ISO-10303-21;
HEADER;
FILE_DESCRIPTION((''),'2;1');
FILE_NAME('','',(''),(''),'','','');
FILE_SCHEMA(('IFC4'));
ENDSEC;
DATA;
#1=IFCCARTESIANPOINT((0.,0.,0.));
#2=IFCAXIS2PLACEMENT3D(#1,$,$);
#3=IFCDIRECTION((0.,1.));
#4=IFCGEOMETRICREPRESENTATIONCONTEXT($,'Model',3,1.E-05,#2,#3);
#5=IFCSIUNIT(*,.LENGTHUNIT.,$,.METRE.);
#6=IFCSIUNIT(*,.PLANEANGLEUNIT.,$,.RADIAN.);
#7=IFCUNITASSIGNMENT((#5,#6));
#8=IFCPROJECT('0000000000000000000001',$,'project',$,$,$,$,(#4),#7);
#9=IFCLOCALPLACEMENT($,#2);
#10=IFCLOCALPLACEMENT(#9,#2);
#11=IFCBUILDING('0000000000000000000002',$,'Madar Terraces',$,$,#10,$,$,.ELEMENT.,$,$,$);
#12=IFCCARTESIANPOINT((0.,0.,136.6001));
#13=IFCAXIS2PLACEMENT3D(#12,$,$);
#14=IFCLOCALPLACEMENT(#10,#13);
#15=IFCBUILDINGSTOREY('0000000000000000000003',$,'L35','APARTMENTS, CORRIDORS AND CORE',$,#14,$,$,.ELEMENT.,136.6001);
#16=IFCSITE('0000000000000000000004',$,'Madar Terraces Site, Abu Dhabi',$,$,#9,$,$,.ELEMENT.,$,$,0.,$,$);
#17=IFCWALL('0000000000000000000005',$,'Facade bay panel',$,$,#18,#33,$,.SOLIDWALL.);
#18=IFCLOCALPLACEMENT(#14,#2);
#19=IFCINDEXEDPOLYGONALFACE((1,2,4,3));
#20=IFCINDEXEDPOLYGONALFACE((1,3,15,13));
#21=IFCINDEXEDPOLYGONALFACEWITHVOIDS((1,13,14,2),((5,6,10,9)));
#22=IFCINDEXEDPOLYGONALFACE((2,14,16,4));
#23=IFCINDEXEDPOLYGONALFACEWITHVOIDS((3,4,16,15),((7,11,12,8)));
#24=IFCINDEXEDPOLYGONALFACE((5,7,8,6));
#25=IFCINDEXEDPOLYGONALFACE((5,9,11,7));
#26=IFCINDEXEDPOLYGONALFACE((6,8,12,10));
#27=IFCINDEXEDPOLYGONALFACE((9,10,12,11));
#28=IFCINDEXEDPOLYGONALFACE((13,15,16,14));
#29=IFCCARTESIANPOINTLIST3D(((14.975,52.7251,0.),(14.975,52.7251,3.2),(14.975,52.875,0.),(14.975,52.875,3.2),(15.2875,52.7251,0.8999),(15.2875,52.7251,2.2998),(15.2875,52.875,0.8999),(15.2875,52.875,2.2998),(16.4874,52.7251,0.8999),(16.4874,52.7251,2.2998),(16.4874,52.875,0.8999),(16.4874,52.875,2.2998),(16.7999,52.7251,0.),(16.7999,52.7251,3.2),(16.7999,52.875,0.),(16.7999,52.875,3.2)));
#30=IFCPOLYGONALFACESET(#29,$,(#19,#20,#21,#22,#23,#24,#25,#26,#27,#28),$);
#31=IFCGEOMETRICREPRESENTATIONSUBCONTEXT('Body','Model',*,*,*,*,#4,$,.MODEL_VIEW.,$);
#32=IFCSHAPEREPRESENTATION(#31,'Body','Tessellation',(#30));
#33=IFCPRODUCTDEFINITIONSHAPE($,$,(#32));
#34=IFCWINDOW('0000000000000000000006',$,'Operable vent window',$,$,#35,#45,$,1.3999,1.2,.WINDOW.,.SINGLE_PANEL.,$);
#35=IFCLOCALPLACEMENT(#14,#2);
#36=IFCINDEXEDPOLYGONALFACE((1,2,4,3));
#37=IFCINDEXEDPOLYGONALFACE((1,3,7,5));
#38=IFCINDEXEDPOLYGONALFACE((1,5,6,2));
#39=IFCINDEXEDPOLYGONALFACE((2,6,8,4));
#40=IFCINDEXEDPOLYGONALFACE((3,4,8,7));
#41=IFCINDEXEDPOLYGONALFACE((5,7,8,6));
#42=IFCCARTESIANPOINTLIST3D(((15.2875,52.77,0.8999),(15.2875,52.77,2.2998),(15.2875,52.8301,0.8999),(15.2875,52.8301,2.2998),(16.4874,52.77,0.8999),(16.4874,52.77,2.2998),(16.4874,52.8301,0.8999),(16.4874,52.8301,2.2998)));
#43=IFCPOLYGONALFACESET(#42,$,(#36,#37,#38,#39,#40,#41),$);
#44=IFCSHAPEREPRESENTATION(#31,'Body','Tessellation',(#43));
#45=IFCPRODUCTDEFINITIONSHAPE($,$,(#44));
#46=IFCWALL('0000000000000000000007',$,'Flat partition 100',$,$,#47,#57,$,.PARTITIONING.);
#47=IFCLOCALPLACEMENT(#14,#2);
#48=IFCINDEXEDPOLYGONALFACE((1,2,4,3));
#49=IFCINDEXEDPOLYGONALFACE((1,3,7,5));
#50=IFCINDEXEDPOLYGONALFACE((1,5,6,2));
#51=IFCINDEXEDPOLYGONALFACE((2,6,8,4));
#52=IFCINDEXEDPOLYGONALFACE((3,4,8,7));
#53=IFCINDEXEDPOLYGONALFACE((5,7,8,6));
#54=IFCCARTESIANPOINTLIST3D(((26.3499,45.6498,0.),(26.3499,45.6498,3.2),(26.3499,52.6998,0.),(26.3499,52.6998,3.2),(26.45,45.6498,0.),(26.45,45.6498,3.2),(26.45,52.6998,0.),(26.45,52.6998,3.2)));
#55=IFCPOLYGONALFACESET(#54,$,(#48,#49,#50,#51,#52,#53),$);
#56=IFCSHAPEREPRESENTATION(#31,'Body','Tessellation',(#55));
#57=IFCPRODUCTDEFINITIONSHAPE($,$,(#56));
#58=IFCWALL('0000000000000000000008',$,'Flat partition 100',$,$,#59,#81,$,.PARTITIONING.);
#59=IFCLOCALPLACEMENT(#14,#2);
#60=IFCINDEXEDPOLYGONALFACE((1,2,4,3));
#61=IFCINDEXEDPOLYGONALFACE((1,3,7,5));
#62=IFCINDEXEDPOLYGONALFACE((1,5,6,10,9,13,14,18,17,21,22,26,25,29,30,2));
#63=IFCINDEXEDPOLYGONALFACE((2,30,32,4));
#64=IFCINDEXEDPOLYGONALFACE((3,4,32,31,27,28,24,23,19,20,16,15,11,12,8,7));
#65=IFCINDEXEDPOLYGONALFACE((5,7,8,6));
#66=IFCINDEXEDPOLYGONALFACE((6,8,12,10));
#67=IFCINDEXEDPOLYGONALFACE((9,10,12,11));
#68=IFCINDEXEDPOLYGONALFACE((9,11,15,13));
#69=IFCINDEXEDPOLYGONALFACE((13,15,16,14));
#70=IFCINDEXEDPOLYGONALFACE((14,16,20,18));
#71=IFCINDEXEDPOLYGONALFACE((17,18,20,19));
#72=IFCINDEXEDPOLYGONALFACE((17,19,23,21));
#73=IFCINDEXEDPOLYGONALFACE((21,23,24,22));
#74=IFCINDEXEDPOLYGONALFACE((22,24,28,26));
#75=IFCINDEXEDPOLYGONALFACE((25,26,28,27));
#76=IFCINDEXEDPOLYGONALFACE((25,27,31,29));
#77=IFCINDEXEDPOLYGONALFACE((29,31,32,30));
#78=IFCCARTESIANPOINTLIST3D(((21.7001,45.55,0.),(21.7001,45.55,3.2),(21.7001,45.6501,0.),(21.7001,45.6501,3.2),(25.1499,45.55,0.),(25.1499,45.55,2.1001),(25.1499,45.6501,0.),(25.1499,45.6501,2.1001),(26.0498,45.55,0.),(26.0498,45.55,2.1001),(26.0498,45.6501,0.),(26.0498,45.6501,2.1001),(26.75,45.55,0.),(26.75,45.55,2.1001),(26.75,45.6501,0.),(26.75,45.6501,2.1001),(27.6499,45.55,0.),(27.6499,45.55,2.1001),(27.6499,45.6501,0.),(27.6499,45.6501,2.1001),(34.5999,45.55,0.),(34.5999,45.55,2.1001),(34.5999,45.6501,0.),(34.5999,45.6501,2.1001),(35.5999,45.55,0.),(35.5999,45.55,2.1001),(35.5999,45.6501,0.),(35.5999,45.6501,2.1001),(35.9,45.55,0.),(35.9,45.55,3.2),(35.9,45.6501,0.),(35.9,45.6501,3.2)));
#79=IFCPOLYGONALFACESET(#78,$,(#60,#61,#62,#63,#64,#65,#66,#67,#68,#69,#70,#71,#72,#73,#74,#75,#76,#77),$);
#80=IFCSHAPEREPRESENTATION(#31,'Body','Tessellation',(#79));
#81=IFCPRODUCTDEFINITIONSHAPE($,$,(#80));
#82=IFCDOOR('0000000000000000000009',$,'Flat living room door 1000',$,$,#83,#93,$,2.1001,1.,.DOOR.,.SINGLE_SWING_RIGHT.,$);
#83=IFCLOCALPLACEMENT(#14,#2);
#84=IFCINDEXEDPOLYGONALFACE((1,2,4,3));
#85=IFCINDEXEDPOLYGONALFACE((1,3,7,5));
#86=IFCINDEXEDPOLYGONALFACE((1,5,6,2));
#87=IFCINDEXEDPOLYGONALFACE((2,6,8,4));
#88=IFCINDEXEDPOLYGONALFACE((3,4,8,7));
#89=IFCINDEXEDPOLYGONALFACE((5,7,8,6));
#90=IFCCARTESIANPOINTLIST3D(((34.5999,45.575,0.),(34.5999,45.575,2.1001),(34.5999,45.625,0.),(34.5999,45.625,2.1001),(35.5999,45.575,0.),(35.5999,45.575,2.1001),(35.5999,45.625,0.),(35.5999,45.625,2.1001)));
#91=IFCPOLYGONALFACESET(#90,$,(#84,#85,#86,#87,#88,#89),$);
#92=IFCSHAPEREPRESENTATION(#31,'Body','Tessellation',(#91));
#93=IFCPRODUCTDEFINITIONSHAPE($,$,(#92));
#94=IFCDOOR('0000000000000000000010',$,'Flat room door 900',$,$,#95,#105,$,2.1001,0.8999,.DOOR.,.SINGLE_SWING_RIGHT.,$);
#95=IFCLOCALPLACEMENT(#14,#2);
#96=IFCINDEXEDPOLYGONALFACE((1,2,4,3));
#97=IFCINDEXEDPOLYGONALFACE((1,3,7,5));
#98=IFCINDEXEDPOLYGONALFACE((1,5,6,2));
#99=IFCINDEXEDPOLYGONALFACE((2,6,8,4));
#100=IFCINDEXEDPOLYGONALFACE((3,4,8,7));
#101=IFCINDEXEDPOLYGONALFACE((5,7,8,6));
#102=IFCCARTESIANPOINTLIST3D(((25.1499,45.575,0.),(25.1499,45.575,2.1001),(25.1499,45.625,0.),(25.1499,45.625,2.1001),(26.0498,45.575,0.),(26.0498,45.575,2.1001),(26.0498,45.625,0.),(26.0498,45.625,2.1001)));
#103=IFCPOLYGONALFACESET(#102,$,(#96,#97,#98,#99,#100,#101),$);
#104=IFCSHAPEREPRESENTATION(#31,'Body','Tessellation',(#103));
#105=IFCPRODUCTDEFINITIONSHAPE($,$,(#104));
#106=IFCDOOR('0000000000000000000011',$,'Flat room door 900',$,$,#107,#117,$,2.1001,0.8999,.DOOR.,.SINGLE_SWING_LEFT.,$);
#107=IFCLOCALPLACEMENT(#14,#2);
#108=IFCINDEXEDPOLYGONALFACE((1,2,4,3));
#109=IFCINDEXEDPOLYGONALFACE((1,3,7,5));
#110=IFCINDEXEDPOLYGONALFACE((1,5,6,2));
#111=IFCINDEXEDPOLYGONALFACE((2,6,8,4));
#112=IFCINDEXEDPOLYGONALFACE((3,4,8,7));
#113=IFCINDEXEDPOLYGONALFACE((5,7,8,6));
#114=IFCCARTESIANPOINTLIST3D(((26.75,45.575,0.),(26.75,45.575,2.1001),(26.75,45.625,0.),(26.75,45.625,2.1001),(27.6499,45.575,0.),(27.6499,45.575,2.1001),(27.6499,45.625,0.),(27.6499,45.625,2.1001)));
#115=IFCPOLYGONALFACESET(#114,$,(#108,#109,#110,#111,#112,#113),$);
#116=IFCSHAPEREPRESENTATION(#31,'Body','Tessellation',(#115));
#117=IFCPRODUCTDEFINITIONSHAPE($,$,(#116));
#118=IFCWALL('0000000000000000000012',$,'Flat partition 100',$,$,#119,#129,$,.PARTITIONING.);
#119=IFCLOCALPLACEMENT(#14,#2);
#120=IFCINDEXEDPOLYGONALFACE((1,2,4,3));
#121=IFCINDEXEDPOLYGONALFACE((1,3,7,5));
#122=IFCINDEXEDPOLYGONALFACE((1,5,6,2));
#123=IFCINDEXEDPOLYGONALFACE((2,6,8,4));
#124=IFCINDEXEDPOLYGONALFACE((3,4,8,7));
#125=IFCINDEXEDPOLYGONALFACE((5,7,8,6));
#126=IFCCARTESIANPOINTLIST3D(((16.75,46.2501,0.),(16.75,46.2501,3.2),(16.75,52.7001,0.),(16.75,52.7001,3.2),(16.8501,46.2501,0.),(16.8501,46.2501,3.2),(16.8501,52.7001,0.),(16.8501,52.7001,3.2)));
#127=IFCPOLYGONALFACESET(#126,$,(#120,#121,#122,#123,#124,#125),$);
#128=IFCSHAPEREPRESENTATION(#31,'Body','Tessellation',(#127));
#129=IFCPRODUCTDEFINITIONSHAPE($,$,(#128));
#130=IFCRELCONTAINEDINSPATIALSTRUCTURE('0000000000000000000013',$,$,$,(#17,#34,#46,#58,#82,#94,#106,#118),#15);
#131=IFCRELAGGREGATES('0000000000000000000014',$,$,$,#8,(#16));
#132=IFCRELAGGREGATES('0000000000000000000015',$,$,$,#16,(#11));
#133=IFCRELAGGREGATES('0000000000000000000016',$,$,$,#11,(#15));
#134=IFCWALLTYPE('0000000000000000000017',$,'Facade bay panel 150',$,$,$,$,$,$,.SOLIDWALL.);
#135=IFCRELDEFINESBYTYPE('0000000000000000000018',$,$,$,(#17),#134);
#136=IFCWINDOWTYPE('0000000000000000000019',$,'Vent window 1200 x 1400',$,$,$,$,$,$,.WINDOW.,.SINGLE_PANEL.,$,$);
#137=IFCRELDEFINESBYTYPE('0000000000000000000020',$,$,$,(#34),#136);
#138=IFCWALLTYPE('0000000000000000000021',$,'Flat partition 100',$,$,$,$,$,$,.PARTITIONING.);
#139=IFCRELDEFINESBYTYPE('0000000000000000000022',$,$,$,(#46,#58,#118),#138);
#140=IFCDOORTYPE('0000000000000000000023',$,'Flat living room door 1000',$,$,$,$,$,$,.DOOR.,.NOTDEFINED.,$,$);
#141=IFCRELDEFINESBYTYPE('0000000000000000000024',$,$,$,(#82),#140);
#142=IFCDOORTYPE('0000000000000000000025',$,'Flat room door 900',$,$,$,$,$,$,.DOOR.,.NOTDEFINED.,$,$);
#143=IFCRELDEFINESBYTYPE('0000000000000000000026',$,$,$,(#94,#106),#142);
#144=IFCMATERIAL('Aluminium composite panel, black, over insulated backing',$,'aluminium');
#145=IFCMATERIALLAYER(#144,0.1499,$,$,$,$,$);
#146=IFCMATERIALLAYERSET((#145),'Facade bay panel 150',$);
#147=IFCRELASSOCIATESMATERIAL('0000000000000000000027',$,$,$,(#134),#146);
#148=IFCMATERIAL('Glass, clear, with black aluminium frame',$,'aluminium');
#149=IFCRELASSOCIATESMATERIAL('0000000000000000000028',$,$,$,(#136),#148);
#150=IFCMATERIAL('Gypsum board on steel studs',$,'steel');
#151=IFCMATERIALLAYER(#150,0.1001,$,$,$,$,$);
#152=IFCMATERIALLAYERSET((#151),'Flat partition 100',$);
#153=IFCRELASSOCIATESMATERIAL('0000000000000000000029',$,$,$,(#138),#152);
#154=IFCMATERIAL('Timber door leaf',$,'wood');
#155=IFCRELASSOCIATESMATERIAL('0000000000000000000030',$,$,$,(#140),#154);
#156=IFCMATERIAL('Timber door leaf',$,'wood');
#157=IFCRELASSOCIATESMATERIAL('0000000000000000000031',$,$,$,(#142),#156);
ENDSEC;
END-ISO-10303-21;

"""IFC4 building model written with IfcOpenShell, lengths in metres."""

from ifc_helpers import new_model, si_unit, direction, frame, frame_2d, origin, place, context, subcontext, project, spatial, rectangle, extrude, material, layer, layer_set, type_object, element, fill, save


model = new_model("IFC4")

# Units and contexts
model_context = context("Model", 3, precision=1e-05, world=origin(), true_north=direction((0.0, 1.0)))
body_context = subcontext(model_context, "Body", "Model", "MODEL_VIEW")
ifc_project = project(units=[si_unit("LENGTHUNIT", "METRE"), si_unit("PLANEANGLEUNIT", "RADIAN")], contexts=[model_context])

# Site, building, storey
site_placement = place(None, origin())
site = spatial("IfcSite", under=ifc_project, at=site_placement, Name="Madar Terraces Site, Abu Dhabi", CompositionType="ELEMENT", RefElevation=0.0)
building_placement = place(site_placement, origin())
building = spatial("IfcBuilding", under=site, at=building_placement, Name="Madar Terraces", CompositionType="ELEMENT")
storey_placement = place(building_placement, frame((0.0, 0.0, 136.6001)))
storey = spatial("IfcBuildingStorey", under=building, at=storey_placement, Name="L35", Description="APARTMENTS, CORRIDORS AND CORE", CompositionType="ELEMENT", Elevation=136.6001)

# Shared definitions
ifc_material_1 = material(Name="Aluminium composite panel, black, over insulated backing", Category="aluminium")
ifc_layer_1 = layer(ifc_material_1, 0.1499)
ifc_layer_set_1 = layer_set([ifc_layer_1], Name="Facade bay panel 150")
wall_type_1 = type_object("IfcWallType", Name="Facade bay panel 150", PredefinedType="SOLIDWALL", material=ifc_layer_set_1)
ifc_material_2 = material(Name="Glass, clear, with black aluminium frame", Category="aluminium")
window_type = type_object("IfcWindowType", Name="Vent window 1200 x 1400", PartitioningType="SINGLE_PANEL", PredefinedType="WINDOW", material=ifc_material_2)

# Wall, opening, window
wall_1_placement = place(storey_placement, frame((16.8, 52.8, 0.0), z_axis=(0.0, 0.0, 1.0), x_axis=(-1.0, 0.0, 0.0)))
wall_1 = element("IfcWall", 1, at=wall_1_placement, inside=storey, type_object=wall_type_1, Name="Facade bay panel", PredefinedType="SOLIDWALL", context=body_context, shape_type="SweptSolid", body=[
    extrude(rectangle(XDim=1.825, YDim=0.1499, at=frame_2d((0.9126, 0.0))), origin(), (0.0, 0.0, 1.0), 3.2),
])
opening_1_placement = place(wall_1_placement, frame((0.3125, 0.0, 0.8999)))
opening_1 = element("IfcOpeningElement", 2, at=opening_1_placement, cuts=wall_1, PredefinedType="OPENING", context=body_context, shape_type="SweptSolid", body=[
    extrude(rectangle(XDim=1.2, YDim=1.3999, at=frame_2d((0.6001, 0.7))), frame((0.0, 0.085, 0.0), z_axis=(0.0, -1.0, 0.0), x_axis=(1.0, 0.0, 0.0)), (0.0, 0.0, 1.0), 0.1699),
])
window_1_placement = place(opening_1_placement, origin())
window_1 = element("IfcWindow", 3, at=window_1_placement, inside=storey, type_object=window_type, Name="Operable vent window", OverallHeight=1.3999, OverallWidth=1.2, PartitioningType="SINGLE_PANEL", PredefinedType="WINDOW", context=body_context, shape_type="SweptSolid", body=[
    extrude(rectangle(XDim=1.2, YDim=1.3999, at=frame_2d((0.6001, 0.7))), frame((0.0, 0.03, 0.0), z_axis=(0.0, -1.0, 0.0), x_axis=(1.0, 0.0, 0.0)), (0.0, 0.0, 1.0), 0.0601),
])
fill(opening_1, window_1)

# Wall
ifc_material_3 = material(Name="Gypsum board on steel studs", Category="steel")
ifc_layer_2 = layer(ifc_material_3, 0.1001)
ifc_layer_set_2 = layer_set([ifc_layer_2], Name="Flat partition 100")
wall_type_2 = type_object("IfcWallType", Name="Flat partition 100", PredefinedType="PARTITIONING", material=ifc_layer_set_2)
wall_2_placement = place(storey_placement, frame((26.3999, 45.6499, 0.0), z_axis=(0.0, 0.0, 1.0), x_axis=(0.0, 1.0, 0.0)))
element("IfcWall", 4, at=wall_2_placement, inside=storey, type_object=wall_type_2, Name="Flat partition 100", PredefinedType="PARTITIONING", context=body_context, shape_type="SweptSolid", body=[
    extrude(rectangle(XDim=7.05, YDim=0.1001, at=frame_2d((3.5249, 0.0))), origin(), (0.0, 0.0, 1.0), 3.2),
])

# Wall, openings, doors
wall_3_placement = place(storey_placement, frame((21.7, 45.6001, 0.0), z_axis=(0.0, 0.0, 1.0), x_axis=(1.0, 0.0, 0.0)))
wall_3 = element("IfcWall", 5, at=wall_3_placement, inside=storey, type_object=wall_type_2, Name="Flat partition 100", PredefinedType="PARTITIONING", context=body_context, shape_type="SweptSolid", body=[
    extrude(rectangle(XDim=14.2, YDim=0.1001, at=frame_2d((7.1001, 0.0))), origin(), (0.0, 0.0, 1.0), 3.2),
])
opening_2_placement = place(wall_3_placement, frame((3.45, 0.0, 0.0)))
opening_2 = element("IfcOpeningElement", 6, at=opening_2_placement, cuts=wall_3, PredefinedType="OPENING", context=body_context, shape_type="SweptSolid", body=[
    extrude(rectangle(XDim=0.8999, YDim=2.1001, at=frame_2d((0.45, 1.05))), frame((0.0, 0.0601, 0.0), z_axis=(0.0, -1.0, 0.0), x_axis=(1.0, 0.0, 0.0)), (0.0, 0.0, 1.0), 0.1201),
])
opening_3_placement = place(wall_3_placement, frame((5.05, 0.0, 0.0)))
opening_3 = element("IfcOpeningElement", 7, at=opening_3_placement, cuts=wall_3, PredefinedType="OPENING", context=body_context, shape_type="SweptSolid", body=[
    extrude(rectangle(XDim=0.8999, YDim=2.1001, at=frame_2d((0.45, 1.05))), frame((0.0, 0.0601, 0.0), z_axis=(0.0, -1.0, 0.0), x_axis=(1.0, 0.0, 0.0)), (0.0, 0.0, 1.0), 0.1201),
])
opening_4_placement = place(wall_3_placement, frame((12.8999, 0.0, 0.0)))
opening_4 = element("IfcOpeningElement", 8, at=opening_4_placement, cuts=wall_3, PredefinedType="OPENING", context=body_context, shape_type="SweptSolid", body=[
    extrude(rectangle(XDim=1.0, YDim=2.1001, at=frame_2d((0.5, 1.05))), frame((0.0, 0.0601, 0.0), z_axis=(0.0, -1.0, 0.0), x_axis=(1.0, 0.0, 0.0)), (0.0, 0.0, 1.0), 0.1201),
])
ifc_material_4 = material(Name="Timber door leaf", Category="wood")
door_type_1 = type_object("IfcDoorType", Name="Flat living room door 1000", OperationType="NOTDEFINED", PredefinedType="DOOR", material=ifc_material_4)
door_1_placement = place(opening_4_placement, origin())
door_1 = element("IfcDoor", 9, at=door_1_placement, inside=storey, type_object=door_type_1, Name="Flat living room door 1000", OperationType="SINGLE_SWING_RIGHT", OverallHeight=2.1001, OverallWidth=1.0, PredefinedType="DOOR", context=body_context, shape_type="SweptSolid", body=[
    extrude(rectangle(XDim=1.0, YDim=2.1001, at=frame_2d((0.5, 1.05))), frame((0.0, 0.0249, 0.0), z_axis=(0.0, -1.0, 0.0), x_axis=(1.0, 0.0, 0.0)), (0.0, 0.0, 1.0), 0.05),
])
fill(opening_4, door_1)
ifc_material_5 = material(Name="Timber door leaf", Category="wood")
door_type_2 = type_object("IfcDoorType", Name="Flat room door 900", OperationType="NOTDEFINED", PredefinedType="DOOR", material=ifc_material_5)
door_2_placement = place(opening_2_placement, origin())
door_2 = element("IfcDoor", 10, at=door_2_placement, inside=storey, type_object=door_type_2, Name="Flat room door 900", OperationType="SINGLE_SWING_RIGHT", OverallHeight=2.1001, OverallWidth=0.8999, PredefinedType="DOOR", context=body_context, shape_type="SweptSolid", body=[
    extrude(rectangle(XDim=0.8999, YDim=2.1001, at=frame_2d((0.45, 1.05))), frame((0.0, 0.0249, 0.0), z_axis=(0.0, -1.0, 0.0), x_axis=(1.0, 0.0, 0.0)), (0.0, 0.0, 1.0), 0.05),
])
fill(opening_2, door_2)
door_3_placement = place(opening_3_placement, origin())
door_3 = element("IfcDoor", 11, at=door_3_placement, inside=storey, type_object=door_type_2, Name="Flat room door 900", OperationType="SINGLE_SWING_LEFT", OverallHeight=2.1001, OverallWidth=0.8999, PredefinedType="DOOR", context=body_context, shape_type="SweptSolid", body=[
    extrude(rectangle(XDim=0.8999, YDim=2.1001, at=frame_2d((0.45, 1.05))), frame((0.0, 0.0249, 0.0), z_axis=(0.0, -1.0, 0.0), x_axis=(1.0, 0.0, 0.0)), (0.0, 0.0, 1.0), 0.05),
])
fill(opening_3, door_3)

# Wall
wall_4_placement = place(storey_placement, frame((16.8, 46.25, 0.0), z_axis=(0.0, 0.0, 1.0), x_axis=(0.0, 1.0, 0.0)))
element("IfcWall", 12, at=wall_4_placement, inside=storey, type_object=wall_type_2, Name="Flat partition 100", PredefinedType="PARTITIONING", context=body_context, shape_type="SweptSolid", body=[
    extrude(rectangle(XDim=6.45, YDim=0.1001, at=frame_2d((3.2251, 0.0))), origin(), (0.0, 0.0, 1.0), 3.2),
])

save(model, "model.ifc")
